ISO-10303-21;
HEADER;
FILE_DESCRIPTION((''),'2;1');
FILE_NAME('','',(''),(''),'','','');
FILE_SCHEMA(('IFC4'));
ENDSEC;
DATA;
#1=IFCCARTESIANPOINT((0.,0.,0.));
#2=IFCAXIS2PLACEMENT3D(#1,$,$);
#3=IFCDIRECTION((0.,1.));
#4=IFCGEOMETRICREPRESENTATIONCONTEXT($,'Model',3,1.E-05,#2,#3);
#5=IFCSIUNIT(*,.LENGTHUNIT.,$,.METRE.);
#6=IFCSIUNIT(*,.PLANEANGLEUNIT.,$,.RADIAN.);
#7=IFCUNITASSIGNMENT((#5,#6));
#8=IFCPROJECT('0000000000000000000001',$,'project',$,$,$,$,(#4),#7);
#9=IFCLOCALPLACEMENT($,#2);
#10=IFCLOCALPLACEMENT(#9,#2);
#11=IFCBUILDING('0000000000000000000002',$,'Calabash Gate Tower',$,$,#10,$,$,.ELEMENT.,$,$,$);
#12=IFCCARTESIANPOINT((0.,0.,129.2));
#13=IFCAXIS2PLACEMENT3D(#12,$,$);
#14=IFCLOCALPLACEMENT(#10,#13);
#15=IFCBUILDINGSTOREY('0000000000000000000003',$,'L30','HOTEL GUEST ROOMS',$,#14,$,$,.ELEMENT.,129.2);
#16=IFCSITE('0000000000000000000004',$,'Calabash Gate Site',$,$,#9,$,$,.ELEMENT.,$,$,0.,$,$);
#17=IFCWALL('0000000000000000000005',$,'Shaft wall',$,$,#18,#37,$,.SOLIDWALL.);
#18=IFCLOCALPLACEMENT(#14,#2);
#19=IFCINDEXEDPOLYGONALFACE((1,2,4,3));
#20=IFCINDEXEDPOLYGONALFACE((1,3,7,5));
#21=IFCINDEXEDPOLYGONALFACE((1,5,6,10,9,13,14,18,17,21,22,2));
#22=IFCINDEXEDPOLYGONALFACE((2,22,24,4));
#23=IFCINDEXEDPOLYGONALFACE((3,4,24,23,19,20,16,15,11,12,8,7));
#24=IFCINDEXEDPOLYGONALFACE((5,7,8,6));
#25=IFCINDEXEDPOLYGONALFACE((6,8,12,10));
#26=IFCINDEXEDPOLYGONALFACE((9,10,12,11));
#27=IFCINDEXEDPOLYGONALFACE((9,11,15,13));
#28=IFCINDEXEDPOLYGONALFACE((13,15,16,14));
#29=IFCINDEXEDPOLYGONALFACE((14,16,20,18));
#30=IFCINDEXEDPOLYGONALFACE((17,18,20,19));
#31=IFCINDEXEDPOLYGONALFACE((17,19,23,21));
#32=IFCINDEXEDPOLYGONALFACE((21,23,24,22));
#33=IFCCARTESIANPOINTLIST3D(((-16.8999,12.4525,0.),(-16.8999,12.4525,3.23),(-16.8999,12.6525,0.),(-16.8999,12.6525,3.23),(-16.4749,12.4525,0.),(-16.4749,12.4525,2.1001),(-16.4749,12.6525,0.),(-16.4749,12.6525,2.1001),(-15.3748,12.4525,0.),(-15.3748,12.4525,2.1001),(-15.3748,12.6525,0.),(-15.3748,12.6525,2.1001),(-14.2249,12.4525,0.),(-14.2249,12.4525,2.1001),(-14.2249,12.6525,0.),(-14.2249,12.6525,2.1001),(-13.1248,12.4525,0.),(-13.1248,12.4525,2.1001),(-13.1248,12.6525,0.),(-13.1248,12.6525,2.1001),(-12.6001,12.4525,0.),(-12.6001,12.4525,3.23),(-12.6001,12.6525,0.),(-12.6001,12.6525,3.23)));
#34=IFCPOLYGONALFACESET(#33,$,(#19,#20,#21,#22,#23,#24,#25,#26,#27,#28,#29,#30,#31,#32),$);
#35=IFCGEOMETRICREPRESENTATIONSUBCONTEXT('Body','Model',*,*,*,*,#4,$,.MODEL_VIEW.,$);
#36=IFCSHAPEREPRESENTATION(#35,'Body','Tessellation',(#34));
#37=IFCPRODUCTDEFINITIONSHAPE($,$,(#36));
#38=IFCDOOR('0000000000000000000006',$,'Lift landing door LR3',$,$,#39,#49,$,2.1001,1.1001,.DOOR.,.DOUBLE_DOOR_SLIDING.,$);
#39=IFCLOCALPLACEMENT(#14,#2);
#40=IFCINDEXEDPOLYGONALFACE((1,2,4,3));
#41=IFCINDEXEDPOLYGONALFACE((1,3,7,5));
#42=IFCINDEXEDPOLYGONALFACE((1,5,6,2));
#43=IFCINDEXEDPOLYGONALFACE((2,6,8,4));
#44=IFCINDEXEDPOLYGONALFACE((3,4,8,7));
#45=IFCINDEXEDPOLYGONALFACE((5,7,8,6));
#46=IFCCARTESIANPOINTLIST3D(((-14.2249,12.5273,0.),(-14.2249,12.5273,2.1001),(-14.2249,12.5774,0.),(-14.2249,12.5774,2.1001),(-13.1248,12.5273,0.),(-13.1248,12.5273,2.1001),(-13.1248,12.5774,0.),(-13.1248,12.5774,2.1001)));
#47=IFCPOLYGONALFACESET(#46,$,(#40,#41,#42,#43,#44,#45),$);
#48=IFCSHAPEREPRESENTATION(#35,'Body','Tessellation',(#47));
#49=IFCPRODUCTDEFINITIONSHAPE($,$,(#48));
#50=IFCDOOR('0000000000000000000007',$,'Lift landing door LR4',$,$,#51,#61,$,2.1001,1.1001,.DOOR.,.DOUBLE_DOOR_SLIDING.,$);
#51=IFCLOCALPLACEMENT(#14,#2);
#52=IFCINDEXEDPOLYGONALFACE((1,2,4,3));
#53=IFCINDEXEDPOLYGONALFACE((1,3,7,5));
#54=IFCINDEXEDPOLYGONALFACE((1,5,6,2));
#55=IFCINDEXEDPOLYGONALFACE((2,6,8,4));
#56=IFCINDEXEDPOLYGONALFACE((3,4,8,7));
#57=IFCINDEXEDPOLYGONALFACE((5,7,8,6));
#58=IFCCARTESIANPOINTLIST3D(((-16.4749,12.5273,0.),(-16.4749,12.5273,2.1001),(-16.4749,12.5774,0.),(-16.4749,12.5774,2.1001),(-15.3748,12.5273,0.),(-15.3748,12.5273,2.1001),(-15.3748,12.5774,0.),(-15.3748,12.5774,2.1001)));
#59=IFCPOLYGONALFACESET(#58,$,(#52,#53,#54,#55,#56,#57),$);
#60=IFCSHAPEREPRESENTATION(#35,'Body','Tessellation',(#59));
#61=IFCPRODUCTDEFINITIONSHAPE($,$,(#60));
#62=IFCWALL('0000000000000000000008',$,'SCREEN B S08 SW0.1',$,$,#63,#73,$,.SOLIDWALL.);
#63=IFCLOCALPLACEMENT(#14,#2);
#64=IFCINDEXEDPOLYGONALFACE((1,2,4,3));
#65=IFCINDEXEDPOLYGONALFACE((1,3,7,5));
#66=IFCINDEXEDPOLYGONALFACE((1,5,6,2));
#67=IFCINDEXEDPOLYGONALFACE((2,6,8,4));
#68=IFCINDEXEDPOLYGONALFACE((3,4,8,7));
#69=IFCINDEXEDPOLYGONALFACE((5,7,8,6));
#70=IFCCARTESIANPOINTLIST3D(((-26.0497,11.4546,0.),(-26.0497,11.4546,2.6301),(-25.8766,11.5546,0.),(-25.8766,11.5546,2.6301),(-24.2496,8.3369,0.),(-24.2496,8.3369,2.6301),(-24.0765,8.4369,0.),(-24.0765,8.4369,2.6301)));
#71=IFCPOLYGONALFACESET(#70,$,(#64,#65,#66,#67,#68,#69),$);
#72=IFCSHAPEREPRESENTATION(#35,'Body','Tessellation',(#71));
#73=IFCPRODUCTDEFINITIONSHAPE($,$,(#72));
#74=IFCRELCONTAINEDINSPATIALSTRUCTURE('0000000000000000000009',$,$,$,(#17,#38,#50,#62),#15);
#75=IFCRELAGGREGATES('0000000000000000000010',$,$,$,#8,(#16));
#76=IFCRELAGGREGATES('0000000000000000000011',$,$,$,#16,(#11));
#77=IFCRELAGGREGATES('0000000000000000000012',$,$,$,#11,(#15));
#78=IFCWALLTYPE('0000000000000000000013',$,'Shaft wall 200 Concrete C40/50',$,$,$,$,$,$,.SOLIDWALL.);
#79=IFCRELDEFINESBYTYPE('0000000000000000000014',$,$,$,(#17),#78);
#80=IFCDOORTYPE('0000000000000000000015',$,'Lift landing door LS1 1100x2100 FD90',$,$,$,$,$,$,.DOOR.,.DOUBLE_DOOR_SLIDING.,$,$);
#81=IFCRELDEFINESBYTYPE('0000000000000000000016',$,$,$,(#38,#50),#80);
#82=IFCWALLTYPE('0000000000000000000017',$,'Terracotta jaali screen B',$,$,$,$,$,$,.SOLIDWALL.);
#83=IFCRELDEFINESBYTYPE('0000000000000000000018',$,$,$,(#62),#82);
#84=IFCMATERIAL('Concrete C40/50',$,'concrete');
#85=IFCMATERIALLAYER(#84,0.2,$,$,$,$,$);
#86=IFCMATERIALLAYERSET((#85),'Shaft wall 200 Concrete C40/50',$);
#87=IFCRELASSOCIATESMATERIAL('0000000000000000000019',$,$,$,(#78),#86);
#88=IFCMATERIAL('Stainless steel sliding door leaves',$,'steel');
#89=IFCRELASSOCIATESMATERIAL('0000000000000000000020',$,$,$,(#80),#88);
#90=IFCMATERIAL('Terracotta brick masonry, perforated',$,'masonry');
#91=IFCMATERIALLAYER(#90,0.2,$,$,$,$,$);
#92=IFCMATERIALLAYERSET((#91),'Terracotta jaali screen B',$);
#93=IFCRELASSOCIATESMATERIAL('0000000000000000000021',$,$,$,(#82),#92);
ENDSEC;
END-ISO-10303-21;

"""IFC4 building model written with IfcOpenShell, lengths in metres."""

from ifc_helpers import new_model, si_unit, direction, frame, frame_2d, origin, place, context, subcontext, project, spatial, rectangle, extrude, material, layer, layer_set, type_object, element, fill, save


model = new_model("IFC4")

# Units and contexts
model_context = context("Model", 3, precision=1e-05, world=origin(), true_north=direction((0.0, 1.0)))
body_context = subcontext(model_context, "Body", "Model", "MODEL_VIEW")
ifc_project = project(units=[si_unit("LENGTHUNIT", "METRE"), si_unit("PLANEANGLEUNIT", "RADIAN")], contexts=[model_context])

# Site, building, storey
site_placement = place(None, origin())
site = spatial("IfcSite", under=ifc_project, at=site_placement, Name="Calabash Gate Site", CompositionType="ELEMENT", RefElevation=0.0)
building_placement = place(site_placement, origin())
building = spatial("IfcBuilding", under=site, at=building_placement, Name="Calabash Gate Tower", CompositionType="ELEMENT")
storey_placement = place(building_placement, frame((0.0, 0.0, 129.2)))
storey = spatial("IfcBuildingStorey", under=building, at=storey_placement, Name="L30", Description="HOTEL GUEST ROOMS", CompositionType="ELEMENT", Elevation=129.2)

# Wall, openings, doors
ifc_material_1 = material(Name="Concrete C40/50", Category="concrete")
ifc_layer_1 = layer(ifc_material_1, 0.2)
ifc_layer_set_1 = layer_set([ifc_layer_1], Name="Shaft wall 200 Concrete C40/50")
wall_type_1 = type_object("IfcWallType", Name="Shaft wall 200 Concrete C40/50", PredefinedType="SOLIDWALL", material=ifc_layer_set_1)
ifc_material_2 = material(Name="Stainless steel sliding door leaves", Category="steel")
door_type_1 = type_object("IfcDoorType", Name="Lift landing door LS1 1100x2100 FD90", OperationType="DOUBLE_DOOR_SLIDING", PredefinedType="DOOR", material=ifc_material_2)
wall_1_placement = place(storey_placement, frame((-16.8999, 12.5525, 0.0), z_axis=(0.0, 0.0, 1.0), x_axis=(1.0, 0.0, 0.0)))
wall_1 = element("IfcWall", 1, at=wall_1_placement, inside=storey, type_object=wall_type_1, Name="Shaft wall", PredefinedType="SOLIDWALL", context=body_context, shape_type="SweptSolid", body=[
    extrude(rectangle(XDim=4.2998, YDim=0.2, at=frame_2d((2.1499, 0.0))), origin(), (0.0, 0.0, 1.0), 3.23),
])
opening_1_placement = place(wall_1_placement, frame((2.675, 0.0, 0.0)))
opening_1 = element("IfcOpeningElement", 2, at=opening_1_placement, cuts=wall_1, PredefinedType="OPENING", context=body_context, shape_type="SweptSolid", body=[
    extrude(rectangle(XDim=1.1001, YDim=2.1001, at=frame_2d((0.55, 1.05))), frame((0.0, 0.1099, 0.0), z_axis=(0.0, -1.0, 0.0), x_axis=(1.0, 0.0, 0.0)), (0.0, 0.0, 1.0), 0.22),
])
opening_2_placement = place(wall_1_placement, frame((0.425, 0.0, 0.0)))
opening_2 = element("IfcOpeningElement", 3, at=opening_2_placement, cuts=wall_1, PredefinedType="OPENING", context=body_context, shape_type="SweptSolid", body=[
    extrude(rectangle(XDim=1.1001, YDim=2.1001, at=frame_2d((0.55, 1.05))), frame((0.0, 0.1099, 0.0), z_axis=(0.0, -1.0, 0.0), x_axis=(1.0, 0.0, 0.0)), (0.0, 0.0, 1.0), 0.22),
])
door_1_placement = place(opening_1_placement, origin())
door_1 = element("IfcDoor", 4, at=door_1_placement, inside=storey, type_object=door_type_1, Name="Lift landing door LR3", OperationType="DOUBLE_DOOR_SLIDING", OverallHeight=2.1001, OverallWidth=1.1001, PredefinedType="DOOR", context=body_context, shape_type="SweptSolid", body=[
    extrude(rectangle(XDim=1.1001, YDim=2.1001, at=frame_2d((0.55, 1.05))), frame((0.0, 0.0249, 0.0), z_axis=(0.0, -1.0, 0.0), x_axis=(1.0, 0.0, 0.0)), (0.0, 0.0, 1.0), 0.05),
])
fill(opening_1, door_1)
door_2_placement = place(opening_2_placement, origin())
door_2 = element("IfcDoor", 5, at=door_2_placement, inside=storey, type_object=door_type_1, Name="Lift landing door LR4", OperationType="DOUBLE_DOOR_SLIDING", OverallHeight=2.1001, OverallWidth=1.1001, PredefinedType="DOOR", context=body_context, shape_type="SweptSolid", body=[
    extrude(rectangle(XDim=1.1001, YDim=2.1001, at=frame_2d((0.55, 1.05))), frame((0.0, 0.0249, 0.0), z_axis=(0.0, -1.0, 0.0), x_axis=(1.0, 0.0, 0.0)), (0.0, 0.0, 1.0), 0.05),
])
fill(opening_2, door_2)

# Wall
ifc_material_3 = material(Name="Terracotta brick masonry, perforated", Category="masonry")
ifc_layer_2 = layer(ifc_material_3, 0.2)
ifc_layer_set_2 = layer_set([ifc_layer_2], Name="Terracotta jaali screen B")
wall_type_2 = type_object("IfcWallType", Name="Terracotta jaali screen B", PredefinedType="SOLIDWALL", material=ifc_layer_set_2)
wall_2_placement = place(storey_placement, frame((-25.9631, 11.5046, 0.0), z_axis=(0.0, 0.0, 1.0), x_axis=(0.500012, -0.866018, 0.0)))
element("IfcWall", 6, at=wall_2_placement, inside=storey, type_object=wall_type_2, Name="SCREEN B S08 SW0.1", PredefinedType="SOLIDWALL", context=body_context, shape_type="SweptSolid", body=[
    extrude(rectangle(XDim=3.6001, YDim=0.2, at=frame_2d((1.8, 0.0))), origin(), (0.0, 0.0, 1.0), 2.6301),
])

save(model, "model.ifc")
